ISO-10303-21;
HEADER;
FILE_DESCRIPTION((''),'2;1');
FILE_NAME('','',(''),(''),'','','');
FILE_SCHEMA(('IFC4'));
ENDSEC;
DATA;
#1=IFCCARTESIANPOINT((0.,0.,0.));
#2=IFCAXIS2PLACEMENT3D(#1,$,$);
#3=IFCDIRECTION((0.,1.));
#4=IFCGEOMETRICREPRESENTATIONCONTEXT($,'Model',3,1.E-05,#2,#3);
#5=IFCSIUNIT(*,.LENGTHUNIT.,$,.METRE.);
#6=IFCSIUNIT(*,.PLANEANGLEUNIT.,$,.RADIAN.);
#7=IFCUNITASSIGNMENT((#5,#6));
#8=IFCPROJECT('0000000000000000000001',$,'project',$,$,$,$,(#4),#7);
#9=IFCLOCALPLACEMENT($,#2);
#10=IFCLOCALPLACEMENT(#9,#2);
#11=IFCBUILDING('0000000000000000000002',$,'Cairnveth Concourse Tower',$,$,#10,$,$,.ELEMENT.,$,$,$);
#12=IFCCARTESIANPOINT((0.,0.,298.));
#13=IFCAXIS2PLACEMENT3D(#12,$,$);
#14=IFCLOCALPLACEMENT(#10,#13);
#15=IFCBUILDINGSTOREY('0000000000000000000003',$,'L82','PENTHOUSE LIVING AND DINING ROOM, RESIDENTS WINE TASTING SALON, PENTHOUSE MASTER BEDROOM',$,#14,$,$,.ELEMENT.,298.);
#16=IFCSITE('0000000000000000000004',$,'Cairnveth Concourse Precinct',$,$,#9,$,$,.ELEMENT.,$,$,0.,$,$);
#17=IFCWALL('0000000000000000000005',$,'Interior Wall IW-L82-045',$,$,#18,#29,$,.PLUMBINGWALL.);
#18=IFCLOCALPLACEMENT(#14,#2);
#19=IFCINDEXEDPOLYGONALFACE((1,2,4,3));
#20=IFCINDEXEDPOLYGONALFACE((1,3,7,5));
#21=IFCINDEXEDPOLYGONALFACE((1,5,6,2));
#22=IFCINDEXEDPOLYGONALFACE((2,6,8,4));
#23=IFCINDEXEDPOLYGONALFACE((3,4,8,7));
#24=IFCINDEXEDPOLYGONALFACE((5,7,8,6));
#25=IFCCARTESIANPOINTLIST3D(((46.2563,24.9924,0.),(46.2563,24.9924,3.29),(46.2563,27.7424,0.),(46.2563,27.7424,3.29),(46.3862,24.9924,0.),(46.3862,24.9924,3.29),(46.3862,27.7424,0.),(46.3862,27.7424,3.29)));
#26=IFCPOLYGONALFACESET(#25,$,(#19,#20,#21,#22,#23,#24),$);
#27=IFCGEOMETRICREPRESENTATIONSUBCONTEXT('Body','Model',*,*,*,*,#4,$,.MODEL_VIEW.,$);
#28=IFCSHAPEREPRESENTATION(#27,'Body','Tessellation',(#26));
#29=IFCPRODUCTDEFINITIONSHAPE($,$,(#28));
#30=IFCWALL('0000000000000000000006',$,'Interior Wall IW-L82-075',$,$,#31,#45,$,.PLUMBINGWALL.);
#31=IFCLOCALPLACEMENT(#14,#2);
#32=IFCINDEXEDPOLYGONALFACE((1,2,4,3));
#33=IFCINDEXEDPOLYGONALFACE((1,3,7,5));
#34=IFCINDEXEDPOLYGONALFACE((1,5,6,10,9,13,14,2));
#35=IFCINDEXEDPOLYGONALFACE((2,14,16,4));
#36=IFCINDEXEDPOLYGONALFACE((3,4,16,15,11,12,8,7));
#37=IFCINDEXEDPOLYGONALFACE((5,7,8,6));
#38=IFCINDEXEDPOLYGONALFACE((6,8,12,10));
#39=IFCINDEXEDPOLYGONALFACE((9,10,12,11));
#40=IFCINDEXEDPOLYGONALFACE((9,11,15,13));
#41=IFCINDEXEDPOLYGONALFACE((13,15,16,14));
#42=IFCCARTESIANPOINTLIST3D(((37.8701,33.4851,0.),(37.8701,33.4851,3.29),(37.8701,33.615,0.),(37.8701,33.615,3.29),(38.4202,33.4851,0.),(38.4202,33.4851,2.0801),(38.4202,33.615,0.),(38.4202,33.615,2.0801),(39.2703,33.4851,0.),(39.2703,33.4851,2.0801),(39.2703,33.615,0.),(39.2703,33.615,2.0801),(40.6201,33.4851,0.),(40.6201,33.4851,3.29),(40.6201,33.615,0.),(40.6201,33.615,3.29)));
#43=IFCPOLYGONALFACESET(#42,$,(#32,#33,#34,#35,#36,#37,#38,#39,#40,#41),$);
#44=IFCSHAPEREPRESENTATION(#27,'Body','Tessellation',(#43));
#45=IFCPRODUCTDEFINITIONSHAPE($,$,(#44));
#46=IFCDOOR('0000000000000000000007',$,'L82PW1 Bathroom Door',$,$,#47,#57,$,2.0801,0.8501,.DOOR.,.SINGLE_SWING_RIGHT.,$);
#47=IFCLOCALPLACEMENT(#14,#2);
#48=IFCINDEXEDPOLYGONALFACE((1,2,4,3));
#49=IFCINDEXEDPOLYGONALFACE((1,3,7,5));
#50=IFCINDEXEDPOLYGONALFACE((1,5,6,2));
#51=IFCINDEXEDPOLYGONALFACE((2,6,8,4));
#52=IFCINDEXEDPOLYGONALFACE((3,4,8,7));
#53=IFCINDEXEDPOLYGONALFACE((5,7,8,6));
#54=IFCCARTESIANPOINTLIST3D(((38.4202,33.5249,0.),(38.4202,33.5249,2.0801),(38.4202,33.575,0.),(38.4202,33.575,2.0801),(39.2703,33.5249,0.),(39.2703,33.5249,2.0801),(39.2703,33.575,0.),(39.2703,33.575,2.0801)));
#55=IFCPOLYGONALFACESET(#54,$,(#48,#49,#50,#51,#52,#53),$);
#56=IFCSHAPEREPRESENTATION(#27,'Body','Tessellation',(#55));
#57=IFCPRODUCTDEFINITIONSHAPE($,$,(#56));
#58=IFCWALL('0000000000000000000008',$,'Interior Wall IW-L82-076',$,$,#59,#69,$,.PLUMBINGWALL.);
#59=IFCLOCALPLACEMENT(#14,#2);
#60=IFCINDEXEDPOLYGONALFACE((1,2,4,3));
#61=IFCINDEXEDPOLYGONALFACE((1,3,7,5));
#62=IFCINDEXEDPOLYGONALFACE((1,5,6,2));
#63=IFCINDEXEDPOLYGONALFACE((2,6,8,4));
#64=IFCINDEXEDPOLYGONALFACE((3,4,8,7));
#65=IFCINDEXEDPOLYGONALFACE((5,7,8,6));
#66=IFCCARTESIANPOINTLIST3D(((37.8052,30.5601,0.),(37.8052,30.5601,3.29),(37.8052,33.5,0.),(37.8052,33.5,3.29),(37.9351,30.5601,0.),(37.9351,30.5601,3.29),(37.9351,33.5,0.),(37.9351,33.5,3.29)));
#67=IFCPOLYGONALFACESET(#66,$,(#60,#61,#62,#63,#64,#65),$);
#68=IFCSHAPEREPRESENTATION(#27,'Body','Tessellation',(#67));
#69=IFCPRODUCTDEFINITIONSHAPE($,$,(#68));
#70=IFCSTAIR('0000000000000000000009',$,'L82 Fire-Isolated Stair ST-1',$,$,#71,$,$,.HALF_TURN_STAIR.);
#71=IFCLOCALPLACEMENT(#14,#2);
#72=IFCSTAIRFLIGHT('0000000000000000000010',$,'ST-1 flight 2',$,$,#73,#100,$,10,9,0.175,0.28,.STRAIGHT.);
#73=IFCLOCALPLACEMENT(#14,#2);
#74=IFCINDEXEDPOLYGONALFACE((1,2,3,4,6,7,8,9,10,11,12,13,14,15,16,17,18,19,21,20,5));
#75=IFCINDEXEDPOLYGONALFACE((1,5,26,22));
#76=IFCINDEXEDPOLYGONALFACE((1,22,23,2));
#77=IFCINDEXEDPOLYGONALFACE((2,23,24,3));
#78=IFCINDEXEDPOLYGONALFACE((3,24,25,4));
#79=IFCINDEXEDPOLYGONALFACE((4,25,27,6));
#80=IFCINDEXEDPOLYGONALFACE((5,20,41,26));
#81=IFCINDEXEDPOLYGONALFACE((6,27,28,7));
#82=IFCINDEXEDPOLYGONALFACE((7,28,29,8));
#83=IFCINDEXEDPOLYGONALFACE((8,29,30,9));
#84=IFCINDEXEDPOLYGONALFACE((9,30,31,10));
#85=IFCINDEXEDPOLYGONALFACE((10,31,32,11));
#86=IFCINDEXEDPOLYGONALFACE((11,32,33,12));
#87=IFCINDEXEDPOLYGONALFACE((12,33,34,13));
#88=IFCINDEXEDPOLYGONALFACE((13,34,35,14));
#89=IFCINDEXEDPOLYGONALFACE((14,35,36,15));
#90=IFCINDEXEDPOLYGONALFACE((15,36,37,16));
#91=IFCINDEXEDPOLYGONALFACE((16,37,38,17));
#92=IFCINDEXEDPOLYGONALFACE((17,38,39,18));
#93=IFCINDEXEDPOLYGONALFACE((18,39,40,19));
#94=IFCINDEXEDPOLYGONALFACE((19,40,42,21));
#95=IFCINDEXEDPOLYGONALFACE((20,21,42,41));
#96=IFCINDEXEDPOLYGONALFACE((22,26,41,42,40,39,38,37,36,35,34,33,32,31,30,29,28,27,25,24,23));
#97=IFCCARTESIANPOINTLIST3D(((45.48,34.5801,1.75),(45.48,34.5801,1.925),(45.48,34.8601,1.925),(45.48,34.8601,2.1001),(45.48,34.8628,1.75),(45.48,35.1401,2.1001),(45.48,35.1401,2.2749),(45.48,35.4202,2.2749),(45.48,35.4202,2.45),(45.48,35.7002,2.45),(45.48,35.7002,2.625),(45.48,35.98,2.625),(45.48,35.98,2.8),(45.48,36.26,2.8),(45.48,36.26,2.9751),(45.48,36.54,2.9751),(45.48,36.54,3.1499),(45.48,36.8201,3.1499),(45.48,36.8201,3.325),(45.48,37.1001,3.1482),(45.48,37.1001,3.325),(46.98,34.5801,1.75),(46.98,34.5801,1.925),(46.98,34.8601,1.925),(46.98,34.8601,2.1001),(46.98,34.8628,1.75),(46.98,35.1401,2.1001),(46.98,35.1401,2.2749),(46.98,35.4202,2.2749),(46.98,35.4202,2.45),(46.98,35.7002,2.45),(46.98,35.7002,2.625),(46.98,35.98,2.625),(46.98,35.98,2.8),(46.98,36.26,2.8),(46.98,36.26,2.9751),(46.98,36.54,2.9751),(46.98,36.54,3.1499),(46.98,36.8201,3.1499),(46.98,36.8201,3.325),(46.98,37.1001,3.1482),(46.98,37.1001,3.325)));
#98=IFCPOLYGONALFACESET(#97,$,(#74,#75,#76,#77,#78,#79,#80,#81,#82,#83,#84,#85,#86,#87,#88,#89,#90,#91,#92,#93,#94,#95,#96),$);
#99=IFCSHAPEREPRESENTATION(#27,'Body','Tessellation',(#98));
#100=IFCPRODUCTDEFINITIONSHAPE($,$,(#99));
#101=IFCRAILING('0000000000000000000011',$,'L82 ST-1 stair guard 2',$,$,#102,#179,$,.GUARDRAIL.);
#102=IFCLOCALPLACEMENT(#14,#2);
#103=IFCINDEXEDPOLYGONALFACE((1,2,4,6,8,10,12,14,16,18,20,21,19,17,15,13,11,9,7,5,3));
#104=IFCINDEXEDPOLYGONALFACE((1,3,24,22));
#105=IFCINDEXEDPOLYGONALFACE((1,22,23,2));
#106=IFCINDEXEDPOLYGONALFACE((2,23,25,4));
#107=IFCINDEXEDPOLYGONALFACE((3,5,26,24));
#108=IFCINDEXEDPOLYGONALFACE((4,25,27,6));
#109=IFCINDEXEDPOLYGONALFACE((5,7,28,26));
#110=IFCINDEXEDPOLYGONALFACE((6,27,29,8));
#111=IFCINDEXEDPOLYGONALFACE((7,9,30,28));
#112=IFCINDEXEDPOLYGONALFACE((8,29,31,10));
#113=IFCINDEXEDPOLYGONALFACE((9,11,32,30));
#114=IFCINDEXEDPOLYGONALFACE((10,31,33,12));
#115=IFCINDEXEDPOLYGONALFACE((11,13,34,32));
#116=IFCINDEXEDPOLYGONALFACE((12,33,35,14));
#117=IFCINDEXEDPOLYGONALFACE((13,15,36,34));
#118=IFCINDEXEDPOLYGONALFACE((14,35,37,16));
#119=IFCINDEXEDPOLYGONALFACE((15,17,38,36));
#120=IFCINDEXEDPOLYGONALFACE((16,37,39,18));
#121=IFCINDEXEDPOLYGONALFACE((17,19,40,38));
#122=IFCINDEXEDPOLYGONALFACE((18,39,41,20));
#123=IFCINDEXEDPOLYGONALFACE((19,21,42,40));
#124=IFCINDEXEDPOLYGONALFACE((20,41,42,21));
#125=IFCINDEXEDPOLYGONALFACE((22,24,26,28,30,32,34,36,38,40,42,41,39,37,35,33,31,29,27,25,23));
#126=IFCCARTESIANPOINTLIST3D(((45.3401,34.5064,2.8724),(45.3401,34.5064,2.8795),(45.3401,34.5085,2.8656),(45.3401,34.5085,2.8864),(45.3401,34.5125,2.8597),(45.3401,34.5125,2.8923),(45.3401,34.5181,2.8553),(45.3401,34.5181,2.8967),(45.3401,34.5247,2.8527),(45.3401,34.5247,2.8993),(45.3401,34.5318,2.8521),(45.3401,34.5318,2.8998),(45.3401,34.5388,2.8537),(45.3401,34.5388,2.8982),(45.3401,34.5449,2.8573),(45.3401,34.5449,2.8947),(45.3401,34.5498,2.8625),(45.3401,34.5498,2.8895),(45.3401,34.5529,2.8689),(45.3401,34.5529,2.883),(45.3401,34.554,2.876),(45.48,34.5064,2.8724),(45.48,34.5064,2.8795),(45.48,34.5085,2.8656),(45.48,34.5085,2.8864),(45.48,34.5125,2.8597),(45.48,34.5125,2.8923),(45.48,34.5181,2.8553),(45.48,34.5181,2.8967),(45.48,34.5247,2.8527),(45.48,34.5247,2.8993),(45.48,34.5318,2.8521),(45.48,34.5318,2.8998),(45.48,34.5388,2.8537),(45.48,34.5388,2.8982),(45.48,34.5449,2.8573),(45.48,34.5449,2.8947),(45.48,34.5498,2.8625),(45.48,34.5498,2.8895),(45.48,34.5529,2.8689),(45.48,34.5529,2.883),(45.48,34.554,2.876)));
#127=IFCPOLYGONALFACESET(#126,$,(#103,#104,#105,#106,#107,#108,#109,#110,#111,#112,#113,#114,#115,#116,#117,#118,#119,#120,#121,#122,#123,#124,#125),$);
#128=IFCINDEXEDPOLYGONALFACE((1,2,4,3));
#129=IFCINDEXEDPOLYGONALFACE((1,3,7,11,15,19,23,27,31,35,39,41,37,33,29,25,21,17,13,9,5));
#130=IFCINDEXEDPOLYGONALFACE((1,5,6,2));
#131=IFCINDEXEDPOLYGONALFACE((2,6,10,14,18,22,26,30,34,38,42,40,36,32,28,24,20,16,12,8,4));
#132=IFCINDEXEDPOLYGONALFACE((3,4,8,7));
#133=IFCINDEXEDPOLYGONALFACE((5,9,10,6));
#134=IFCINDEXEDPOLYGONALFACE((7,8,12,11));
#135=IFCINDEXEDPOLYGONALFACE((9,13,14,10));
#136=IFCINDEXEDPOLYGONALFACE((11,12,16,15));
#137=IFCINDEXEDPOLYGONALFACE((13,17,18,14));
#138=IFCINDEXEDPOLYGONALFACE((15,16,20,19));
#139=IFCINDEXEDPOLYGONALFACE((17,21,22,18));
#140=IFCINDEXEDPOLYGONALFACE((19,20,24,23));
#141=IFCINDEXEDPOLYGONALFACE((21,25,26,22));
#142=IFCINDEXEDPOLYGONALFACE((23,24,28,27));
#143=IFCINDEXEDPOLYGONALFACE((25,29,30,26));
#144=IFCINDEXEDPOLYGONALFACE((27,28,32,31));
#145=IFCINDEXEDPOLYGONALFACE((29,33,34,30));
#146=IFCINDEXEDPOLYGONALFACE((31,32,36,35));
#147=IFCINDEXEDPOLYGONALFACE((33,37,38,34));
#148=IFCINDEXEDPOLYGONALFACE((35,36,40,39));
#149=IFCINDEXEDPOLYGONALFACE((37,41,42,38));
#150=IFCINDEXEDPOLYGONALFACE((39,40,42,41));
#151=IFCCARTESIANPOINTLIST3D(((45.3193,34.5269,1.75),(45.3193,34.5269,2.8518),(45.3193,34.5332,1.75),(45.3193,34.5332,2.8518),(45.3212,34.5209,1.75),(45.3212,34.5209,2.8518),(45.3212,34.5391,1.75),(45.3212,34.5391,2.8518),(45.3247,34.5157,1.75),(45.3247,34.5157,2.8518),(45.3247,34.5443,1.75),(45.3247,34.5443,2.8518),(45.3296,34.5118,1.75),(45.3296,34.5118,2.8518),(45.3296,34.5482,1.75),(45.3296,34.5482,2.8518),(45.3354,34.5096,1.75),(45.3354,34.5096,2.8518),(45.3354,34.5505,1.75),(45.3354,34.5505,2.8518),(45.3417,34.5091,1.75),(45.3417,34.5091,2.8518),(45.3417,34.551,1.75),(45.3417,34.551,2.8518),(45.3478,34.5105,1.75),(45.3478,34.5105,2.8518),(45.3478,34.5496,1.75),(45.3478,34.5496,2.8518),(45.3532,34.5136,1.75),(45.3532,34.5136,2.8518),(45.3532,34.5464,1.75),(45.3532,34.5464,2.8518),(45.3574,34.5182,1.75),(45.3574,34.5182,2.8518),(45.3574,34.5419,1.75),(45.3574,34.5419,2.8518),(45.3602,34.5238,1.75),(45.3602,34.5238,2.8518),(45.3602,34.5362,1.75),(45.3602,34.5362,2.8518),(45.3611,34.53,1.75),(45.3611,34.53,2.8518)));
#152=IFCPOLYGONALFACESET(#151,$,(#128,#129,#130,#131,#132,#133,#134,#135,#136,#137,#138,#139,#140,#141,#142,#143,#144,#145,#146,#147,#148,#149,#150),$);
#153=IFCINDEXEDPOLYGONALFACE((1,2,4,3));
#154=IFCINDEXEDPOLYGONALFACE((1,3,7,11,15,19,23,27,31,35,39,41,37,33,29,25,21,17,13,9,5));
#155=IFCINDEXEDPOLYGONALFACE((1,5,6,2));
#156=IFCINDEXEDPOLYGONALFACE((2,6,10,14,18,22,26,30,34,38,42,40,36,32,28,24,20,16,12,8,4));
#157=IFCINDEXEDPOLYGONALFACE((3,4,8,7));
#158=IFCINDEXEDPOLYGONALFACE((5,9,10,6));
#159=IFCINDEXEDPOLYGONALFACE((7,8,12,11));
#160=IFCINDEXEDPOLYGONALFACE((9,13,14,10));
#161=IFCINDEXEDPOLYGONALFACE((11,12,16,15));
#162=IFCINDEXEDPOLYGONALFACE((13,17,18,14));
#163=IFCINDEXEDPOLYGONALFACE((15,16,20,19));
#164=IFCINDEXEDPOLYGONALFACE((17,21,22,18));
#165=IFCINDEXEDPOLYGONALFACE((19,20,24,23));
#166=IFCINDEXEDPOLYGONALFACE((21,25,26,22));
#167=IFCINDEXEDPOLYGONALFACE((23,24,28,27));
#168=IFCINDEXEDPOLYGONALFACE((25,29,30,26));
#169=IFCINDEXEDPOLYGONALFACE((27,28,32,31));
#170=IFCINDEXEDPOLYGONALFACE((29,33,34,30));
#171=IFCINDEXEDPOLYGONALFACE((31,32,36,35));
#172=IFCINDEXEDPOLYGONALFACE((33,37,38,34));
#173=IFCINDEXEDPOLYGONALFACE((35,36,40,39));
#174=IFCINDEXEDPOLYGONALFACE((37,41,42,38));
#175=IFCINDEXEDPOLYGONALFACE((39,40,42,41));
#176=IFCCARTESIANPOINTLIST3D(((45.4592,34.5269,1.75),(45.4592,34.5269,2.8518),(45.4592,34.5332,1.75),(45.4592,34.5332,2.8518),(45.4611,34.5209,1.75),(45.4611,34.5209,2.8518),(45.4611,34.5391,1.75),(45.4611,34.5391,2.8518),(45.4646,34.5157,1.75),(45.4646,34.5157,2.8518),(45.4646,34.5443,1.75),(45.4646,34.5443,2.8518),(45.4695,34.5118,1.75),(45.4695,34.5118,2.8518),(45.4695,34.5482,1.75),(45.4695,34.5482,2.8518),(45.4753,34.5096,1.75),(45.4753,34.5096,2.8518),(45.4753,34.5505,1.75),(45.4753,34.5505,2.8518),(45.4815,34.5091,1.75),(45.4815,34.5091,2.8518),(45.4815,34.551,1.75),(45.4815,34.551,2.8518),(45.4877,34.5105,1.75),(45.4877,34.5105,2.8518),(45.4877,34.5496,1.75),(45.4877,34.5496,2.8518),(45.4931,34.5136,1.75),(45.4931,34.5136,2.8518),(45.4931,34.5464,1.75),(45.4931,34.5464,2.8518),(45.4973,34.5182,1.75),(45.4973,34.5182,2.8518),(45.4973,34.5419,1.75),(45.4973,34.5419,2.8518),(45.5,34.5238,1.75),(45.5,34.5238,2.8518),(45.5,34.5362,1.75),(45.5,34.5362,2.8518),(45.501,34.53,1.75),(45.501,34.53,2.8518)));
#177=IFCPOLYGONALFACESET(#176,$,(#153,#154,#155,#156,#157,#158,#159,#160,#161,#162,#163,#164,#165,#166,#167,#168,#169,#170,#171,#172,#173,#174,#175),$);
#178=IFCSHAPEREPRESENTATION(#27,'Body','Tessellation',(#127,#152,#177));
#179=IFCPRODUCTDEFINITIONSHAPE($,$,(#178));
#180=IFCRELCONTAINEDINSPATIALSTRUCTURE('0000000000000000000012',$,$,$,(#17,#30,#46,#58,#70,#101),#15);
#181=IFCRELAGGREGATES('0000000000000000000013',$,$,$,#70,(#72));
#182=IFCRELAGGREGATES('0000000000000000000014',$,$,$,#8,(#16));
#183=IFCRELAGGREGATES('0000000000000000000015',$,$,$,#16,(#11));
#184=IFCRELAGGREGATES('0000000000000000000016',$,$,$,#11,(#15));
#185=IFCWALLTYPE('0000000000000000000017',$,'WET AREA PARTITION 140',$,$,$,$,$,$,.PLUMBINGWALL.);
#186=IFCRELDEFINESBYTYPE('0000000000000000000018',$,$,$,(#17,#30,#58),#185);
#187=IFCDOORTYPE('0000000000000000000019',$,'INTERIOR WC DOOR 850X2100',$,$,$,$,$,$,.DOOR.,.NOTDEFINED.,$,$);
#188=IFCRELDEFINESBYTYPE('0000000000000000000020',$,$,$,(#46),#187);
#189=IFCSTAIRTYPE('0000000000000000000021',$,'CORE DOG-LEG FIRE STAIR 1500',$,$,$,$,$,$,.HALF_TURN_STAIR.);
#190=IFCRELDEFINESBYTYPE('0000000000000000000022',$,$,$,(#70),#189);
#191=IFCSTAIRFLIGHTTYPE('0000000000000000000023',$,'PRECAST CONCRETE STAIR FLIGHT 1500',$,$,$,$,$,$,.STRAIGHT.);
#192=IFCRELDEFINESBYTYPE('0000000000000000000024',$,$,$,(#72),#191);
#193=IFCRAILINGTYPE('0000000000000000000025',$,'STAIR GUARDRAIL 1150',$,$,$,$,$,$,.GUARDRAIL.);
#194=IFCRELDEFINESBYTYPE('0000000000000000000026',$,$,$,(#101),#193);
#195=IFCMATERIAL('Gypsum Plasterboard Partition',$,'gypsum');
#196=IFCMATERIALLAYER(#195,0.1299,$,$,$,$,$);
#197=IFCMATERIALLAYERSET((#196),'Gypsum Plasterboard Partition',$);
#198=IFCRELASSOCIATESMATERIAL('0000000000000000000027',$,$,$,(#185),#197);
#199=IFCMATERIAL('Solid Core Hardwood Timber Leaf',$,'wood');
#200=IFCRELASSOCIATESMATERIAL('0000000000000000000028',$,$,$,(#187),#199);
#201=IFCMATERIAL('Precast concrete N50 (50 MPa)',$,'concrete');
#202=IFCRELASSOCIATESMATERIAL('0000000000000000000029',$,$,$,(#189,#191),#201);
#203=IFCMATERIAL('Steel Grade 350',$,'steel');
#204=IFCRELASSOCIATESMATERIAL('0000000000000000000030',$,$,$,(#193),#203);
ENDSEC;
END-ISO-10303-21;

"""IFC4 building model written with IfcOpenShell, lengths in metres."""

from ifc_helpers import new_model, si_unit, direction, frame, frame_2d, origin, origin_2d, place, context, subcontext, project, spatial, polyline, rectangle, circle, outline, extrude, material, layer, layer_set, type_object, element, fill, aggregate, save


model = new_model("IFC4")

# Units and contexts
model_context = context("Model", 3, precision=1e-05, world=origin(), true_north=direction((0.0, 1.0)))
body_context = subcontext(model_context, "Body", "Model", "MODEL_VIEW")
ifc_project = project(units=[si_unit("LENGTHUNIT", "METRE"), si_unit("PLANEANGLEUNIT", "RADIAN")], contexts=[model_context])

# Site, building, storey
site_placement = place(None, origin())
site = spatial("IfcSite", under=ifc_project, at=site_placement, Name="Cairnveth Concourse Precinct", CompositionType="ELEMENT", RefElevation=0.0)
building_placement = place(site_placement, origin())
building = spatial("IfcBuilding", under=site, at=building_placement, Name="Cairnveth Concourse Tower", CompositionType="ELEMENT")
storey_placement = place(building_placement, frame((0.0, 0.0, 298.0)))
storey = spatial("IfcBuildingStorey", under=building, at=storey_placement, Name="L82", Description="PENTHOUSE LIVING AND DINING ROOM, RESIDENTS WINE TASTING SALON, PENTHOUSE MASTER BEDROOM", CompositionType="ELEMENT", Elevation=298.0)

# Shared definitions
ifc_material_1 = material(Name="Steel Grade 350", Category="steel")

# Shared definitions
ifc_material_2 = material(Name="Gypsum Plasterboard Partition", Category="gypsum")

# Shared definitions
ifc_material_3 = material(Name="Solid Core Hardwood Timber Leaf", Category="wood")

# Wall
ifc_layer_1 = layer(ifc_material_2, 0.1299)
ifc_layer_set_1 = layer_set([ifc_layer_1], Name="Gypsum Plasterboard Partition")
wall_type_1 = type_object("IfcWallType", Name="WET AREA PARTITION 140", PredefinedType="PLUMBINGWALL", material=ifc_layer_set_1)
wall_1_placement = place(storey_placement, frame((46.3213, 24.9924, 0.0), z_axis=(0.0, 0.0, 1.0), x_axis=(0.0, 1.0, 0.0)))
element("IfcWall", 1, at=wall_1_placement, inside=storey, type_object=wall_type_1, Name="Interior Wall IW-L82-045", PredefinedType="PLUMBINGWALL", context=body_context, shape_type="SweptSolid", body=[
    extrude(rectangle(XDim=2.75, YDim=0.1299, at=frame_2d((1.375, 0.0))), origin(), (0.0, 0.0, 1.0), 3.29),
])

# Wall, opening, door
wall_2_placement = place(storey_placement, frame((37.8701, 33.55, 0.0), z_axis=(0.0, 0.0, 1.0), x_axis=(1.0, 0.0, 0.0)))
wall_2 = element("IfcWall", 2, at=wall_2_placement, inside=storey, type_object=wall_type_1, Name="Interior Wall IW-L82-075", PredefinedType="PLUMBINGWALL", context=body_context, shape_type="SweptSolid", body=[
    extrude(rectangle(XDim=2.75, YDim=0.1299, at=frame_2d((1.375, 0.0))), origin(), (0.0, 0.0, 1.0), 3.29),
])
opening_1_placement = place(wall_2_placement, frame((0.55, 0.0, 0.0)))
opening_1 = element("IfcOpeningElement", 3, at=opening_1_placement, cuts=wall_2, PredefinedType="OPENING", context=body_context, shape_type="SweptSolid", body=[
    extrude(rectangle(XDim=0.8501, YDim=2.0801, at=frame_2d((0.425, 1.04))), frame((0.0, 0.075, 0.0), z_axis=(0.0, -1.0, 0.0), x_axis=(1.0, 0.0, 0.0)), (0.0, 0.0, 1.0), 0.1499),
])
door_type_1 = type_object("IfcDoorType", Name="INTERIOR WC DOOR 850X2100", OperationType="NOTDEFINED", PredefinedType="DOOR", material=ifc_material_3)
door_1_placement = place(opening_1_placement, origin())
door_1 = element("IfcDoor", 4, at=door_1_placement, inside=storey, type_object=door_type_1, Name="L82PW1 Bathroom Door", OperationType="SINGLE_SWING_RIGHT", OverallHeight=2.0801, OverallWidth=0.8501, PredefinedType="DOOR", context=body_context, shape_type="SweptSolid", body=[
    extrude(rectangle(XDim=0.8501, YDim=2.0801, at=frame_2d((0.425, 1.04))), frame((0.0, 0.0249, 0.0), z_axis=(0.0, -1.0, 0.0), x_axis=(1.0, 0.0, 0.0)), (0.0, 0.0, 1.0), 0.05),
])
fill(opening_1, door_1)

# Wall
wall_3_placement = place(storey_placement, frame((37.8701, 30.5601, 0.0), z_axis=(0.0, 0.0, 1.0), x_axis=(0.0, 1.0, 0.0)))
element("IfcWall", 5, at=wall_3_placement, inside=storey, type_object=wall_type_1, Name="Interior Wall IW-L82-076", PredefinedType="PLUMBINGWALL", context=body_context, shape_type="SweptSolid", body=[
    extrude(rectangle(XDim=2.9399, YDim=0.1299, at=frame_2d((1.47, 0.0))), origin(), (0.0, 0.0, 1.0), 3.29),
])

# Stair, stair flight
ifc_material_4 = material(Name="Precast concrete N50 (50 MPa)", Category="concrete")
stair_type = type_object("IfcStairType", Name="CORE DOG-LEG FIRE STAIR 1500", PredefinedType="HALF_TURN_STAIR", material=ifc_material_4)
stair_placement = place(storey_placement, origin())
stair = element("IfcStair", 6, at=stair_placement, inside=storey, type_object=stair_type, Name="L82 Fire-Isolated Stair ST-1", PredefinedType="HALF_TURN_STAIR")
stair_flight_type = type_object("IfcStairFlightType", Name="PRECAST CONCRETE STAIR FLIGHT 1500", PredefinedType="STRAIGHT", material=ifc_material_4)
stair_flight_placement = place(storey_placement, frame((46.23, 34.5801, 1.75), z_axis=(0.0, 0.0, 1.0), x_axis=(0.0, 1.0, 0.0)))
stair_flight = element("IfcStairFlight", 7, at=stair_flight_placement, type_object=stair_flight_type, Name="ST-1 flight 2", NumberOfRisers=10, NumberOfTreads=9, PredefinedType="STRAIGHT", RiserHeight=0.175, TreadLength=0.28, context=body_context, shape_type="SweptSolid", body=[
    extrude(outline(polyline([(0.0, 0.0), (0.0, 0.175), (0.28, 0.175), (0.28, 0.3501), (0.5601, 0.3501), (0.5601, 0.5249), (0.8401, 0.5249), (0.8401, 0.7), (1.1201, 0.7), (1.1201, 0.875), (1.3999, 0.875), (1.3999, 1.05), (1.6799, 1.05), (1.6799, 1.2251), (1.96, 1.2251), (1.96, 1.3999), (2.24, 1.3999), (2.24, 1.575), (2.52, 1.575), (2.52, 1.75), (2.52, 1.3982), (0.2827, 0.0), (0.0, 0.0)])), frame((0.0, 0.75, 0.0), z_axis=(0.0, -1.0, 0.0), x_axis=(1.0, 0.0, 0.0)), (0.0, 0.0, 1.0), 1.5),
])
aggregate(stair, [stair_flight])

# Railing
railing_type_1 = type_object("IfcRailingType", Name="STAIR GUARDRAIL 1150", PredefinedType="GUARDRAIL", material=ifc_material_1)
railing_1_placement = place(storey_placement, frame((45.3401, 34.53, 1.75)))
element("IfcRailing", 8, at=railing_1_placement, inside=storey, type_object=railing_type_1, Name="L82 ST-1 stair guard 2", PredefinedType="GUARDRAIL", context=body_context, shape_type="SweptSolid", body=[
    extrude(circle(Radius=0.0239, at=origin_2d()), frame((0.0, 0.0, 1.126), z_axis=(1.0, 0.0, 0.0), x_axis=(0.0, 1.0, 0.0)), (0.0, 0.0, 1.0), 0.1399),
    extrude(circle(Radius=0.021, at=origin_2d()), origin(), (0.0, 0.0, 1.0), 1.1018),
    extrude(circle(Radius=0.021, at=origin_2d()), frame((0.1399, 0.0, 0.0)), (0.0, 0.0, 1.0), 1.1018),
])

save(model, "model.ifc")
